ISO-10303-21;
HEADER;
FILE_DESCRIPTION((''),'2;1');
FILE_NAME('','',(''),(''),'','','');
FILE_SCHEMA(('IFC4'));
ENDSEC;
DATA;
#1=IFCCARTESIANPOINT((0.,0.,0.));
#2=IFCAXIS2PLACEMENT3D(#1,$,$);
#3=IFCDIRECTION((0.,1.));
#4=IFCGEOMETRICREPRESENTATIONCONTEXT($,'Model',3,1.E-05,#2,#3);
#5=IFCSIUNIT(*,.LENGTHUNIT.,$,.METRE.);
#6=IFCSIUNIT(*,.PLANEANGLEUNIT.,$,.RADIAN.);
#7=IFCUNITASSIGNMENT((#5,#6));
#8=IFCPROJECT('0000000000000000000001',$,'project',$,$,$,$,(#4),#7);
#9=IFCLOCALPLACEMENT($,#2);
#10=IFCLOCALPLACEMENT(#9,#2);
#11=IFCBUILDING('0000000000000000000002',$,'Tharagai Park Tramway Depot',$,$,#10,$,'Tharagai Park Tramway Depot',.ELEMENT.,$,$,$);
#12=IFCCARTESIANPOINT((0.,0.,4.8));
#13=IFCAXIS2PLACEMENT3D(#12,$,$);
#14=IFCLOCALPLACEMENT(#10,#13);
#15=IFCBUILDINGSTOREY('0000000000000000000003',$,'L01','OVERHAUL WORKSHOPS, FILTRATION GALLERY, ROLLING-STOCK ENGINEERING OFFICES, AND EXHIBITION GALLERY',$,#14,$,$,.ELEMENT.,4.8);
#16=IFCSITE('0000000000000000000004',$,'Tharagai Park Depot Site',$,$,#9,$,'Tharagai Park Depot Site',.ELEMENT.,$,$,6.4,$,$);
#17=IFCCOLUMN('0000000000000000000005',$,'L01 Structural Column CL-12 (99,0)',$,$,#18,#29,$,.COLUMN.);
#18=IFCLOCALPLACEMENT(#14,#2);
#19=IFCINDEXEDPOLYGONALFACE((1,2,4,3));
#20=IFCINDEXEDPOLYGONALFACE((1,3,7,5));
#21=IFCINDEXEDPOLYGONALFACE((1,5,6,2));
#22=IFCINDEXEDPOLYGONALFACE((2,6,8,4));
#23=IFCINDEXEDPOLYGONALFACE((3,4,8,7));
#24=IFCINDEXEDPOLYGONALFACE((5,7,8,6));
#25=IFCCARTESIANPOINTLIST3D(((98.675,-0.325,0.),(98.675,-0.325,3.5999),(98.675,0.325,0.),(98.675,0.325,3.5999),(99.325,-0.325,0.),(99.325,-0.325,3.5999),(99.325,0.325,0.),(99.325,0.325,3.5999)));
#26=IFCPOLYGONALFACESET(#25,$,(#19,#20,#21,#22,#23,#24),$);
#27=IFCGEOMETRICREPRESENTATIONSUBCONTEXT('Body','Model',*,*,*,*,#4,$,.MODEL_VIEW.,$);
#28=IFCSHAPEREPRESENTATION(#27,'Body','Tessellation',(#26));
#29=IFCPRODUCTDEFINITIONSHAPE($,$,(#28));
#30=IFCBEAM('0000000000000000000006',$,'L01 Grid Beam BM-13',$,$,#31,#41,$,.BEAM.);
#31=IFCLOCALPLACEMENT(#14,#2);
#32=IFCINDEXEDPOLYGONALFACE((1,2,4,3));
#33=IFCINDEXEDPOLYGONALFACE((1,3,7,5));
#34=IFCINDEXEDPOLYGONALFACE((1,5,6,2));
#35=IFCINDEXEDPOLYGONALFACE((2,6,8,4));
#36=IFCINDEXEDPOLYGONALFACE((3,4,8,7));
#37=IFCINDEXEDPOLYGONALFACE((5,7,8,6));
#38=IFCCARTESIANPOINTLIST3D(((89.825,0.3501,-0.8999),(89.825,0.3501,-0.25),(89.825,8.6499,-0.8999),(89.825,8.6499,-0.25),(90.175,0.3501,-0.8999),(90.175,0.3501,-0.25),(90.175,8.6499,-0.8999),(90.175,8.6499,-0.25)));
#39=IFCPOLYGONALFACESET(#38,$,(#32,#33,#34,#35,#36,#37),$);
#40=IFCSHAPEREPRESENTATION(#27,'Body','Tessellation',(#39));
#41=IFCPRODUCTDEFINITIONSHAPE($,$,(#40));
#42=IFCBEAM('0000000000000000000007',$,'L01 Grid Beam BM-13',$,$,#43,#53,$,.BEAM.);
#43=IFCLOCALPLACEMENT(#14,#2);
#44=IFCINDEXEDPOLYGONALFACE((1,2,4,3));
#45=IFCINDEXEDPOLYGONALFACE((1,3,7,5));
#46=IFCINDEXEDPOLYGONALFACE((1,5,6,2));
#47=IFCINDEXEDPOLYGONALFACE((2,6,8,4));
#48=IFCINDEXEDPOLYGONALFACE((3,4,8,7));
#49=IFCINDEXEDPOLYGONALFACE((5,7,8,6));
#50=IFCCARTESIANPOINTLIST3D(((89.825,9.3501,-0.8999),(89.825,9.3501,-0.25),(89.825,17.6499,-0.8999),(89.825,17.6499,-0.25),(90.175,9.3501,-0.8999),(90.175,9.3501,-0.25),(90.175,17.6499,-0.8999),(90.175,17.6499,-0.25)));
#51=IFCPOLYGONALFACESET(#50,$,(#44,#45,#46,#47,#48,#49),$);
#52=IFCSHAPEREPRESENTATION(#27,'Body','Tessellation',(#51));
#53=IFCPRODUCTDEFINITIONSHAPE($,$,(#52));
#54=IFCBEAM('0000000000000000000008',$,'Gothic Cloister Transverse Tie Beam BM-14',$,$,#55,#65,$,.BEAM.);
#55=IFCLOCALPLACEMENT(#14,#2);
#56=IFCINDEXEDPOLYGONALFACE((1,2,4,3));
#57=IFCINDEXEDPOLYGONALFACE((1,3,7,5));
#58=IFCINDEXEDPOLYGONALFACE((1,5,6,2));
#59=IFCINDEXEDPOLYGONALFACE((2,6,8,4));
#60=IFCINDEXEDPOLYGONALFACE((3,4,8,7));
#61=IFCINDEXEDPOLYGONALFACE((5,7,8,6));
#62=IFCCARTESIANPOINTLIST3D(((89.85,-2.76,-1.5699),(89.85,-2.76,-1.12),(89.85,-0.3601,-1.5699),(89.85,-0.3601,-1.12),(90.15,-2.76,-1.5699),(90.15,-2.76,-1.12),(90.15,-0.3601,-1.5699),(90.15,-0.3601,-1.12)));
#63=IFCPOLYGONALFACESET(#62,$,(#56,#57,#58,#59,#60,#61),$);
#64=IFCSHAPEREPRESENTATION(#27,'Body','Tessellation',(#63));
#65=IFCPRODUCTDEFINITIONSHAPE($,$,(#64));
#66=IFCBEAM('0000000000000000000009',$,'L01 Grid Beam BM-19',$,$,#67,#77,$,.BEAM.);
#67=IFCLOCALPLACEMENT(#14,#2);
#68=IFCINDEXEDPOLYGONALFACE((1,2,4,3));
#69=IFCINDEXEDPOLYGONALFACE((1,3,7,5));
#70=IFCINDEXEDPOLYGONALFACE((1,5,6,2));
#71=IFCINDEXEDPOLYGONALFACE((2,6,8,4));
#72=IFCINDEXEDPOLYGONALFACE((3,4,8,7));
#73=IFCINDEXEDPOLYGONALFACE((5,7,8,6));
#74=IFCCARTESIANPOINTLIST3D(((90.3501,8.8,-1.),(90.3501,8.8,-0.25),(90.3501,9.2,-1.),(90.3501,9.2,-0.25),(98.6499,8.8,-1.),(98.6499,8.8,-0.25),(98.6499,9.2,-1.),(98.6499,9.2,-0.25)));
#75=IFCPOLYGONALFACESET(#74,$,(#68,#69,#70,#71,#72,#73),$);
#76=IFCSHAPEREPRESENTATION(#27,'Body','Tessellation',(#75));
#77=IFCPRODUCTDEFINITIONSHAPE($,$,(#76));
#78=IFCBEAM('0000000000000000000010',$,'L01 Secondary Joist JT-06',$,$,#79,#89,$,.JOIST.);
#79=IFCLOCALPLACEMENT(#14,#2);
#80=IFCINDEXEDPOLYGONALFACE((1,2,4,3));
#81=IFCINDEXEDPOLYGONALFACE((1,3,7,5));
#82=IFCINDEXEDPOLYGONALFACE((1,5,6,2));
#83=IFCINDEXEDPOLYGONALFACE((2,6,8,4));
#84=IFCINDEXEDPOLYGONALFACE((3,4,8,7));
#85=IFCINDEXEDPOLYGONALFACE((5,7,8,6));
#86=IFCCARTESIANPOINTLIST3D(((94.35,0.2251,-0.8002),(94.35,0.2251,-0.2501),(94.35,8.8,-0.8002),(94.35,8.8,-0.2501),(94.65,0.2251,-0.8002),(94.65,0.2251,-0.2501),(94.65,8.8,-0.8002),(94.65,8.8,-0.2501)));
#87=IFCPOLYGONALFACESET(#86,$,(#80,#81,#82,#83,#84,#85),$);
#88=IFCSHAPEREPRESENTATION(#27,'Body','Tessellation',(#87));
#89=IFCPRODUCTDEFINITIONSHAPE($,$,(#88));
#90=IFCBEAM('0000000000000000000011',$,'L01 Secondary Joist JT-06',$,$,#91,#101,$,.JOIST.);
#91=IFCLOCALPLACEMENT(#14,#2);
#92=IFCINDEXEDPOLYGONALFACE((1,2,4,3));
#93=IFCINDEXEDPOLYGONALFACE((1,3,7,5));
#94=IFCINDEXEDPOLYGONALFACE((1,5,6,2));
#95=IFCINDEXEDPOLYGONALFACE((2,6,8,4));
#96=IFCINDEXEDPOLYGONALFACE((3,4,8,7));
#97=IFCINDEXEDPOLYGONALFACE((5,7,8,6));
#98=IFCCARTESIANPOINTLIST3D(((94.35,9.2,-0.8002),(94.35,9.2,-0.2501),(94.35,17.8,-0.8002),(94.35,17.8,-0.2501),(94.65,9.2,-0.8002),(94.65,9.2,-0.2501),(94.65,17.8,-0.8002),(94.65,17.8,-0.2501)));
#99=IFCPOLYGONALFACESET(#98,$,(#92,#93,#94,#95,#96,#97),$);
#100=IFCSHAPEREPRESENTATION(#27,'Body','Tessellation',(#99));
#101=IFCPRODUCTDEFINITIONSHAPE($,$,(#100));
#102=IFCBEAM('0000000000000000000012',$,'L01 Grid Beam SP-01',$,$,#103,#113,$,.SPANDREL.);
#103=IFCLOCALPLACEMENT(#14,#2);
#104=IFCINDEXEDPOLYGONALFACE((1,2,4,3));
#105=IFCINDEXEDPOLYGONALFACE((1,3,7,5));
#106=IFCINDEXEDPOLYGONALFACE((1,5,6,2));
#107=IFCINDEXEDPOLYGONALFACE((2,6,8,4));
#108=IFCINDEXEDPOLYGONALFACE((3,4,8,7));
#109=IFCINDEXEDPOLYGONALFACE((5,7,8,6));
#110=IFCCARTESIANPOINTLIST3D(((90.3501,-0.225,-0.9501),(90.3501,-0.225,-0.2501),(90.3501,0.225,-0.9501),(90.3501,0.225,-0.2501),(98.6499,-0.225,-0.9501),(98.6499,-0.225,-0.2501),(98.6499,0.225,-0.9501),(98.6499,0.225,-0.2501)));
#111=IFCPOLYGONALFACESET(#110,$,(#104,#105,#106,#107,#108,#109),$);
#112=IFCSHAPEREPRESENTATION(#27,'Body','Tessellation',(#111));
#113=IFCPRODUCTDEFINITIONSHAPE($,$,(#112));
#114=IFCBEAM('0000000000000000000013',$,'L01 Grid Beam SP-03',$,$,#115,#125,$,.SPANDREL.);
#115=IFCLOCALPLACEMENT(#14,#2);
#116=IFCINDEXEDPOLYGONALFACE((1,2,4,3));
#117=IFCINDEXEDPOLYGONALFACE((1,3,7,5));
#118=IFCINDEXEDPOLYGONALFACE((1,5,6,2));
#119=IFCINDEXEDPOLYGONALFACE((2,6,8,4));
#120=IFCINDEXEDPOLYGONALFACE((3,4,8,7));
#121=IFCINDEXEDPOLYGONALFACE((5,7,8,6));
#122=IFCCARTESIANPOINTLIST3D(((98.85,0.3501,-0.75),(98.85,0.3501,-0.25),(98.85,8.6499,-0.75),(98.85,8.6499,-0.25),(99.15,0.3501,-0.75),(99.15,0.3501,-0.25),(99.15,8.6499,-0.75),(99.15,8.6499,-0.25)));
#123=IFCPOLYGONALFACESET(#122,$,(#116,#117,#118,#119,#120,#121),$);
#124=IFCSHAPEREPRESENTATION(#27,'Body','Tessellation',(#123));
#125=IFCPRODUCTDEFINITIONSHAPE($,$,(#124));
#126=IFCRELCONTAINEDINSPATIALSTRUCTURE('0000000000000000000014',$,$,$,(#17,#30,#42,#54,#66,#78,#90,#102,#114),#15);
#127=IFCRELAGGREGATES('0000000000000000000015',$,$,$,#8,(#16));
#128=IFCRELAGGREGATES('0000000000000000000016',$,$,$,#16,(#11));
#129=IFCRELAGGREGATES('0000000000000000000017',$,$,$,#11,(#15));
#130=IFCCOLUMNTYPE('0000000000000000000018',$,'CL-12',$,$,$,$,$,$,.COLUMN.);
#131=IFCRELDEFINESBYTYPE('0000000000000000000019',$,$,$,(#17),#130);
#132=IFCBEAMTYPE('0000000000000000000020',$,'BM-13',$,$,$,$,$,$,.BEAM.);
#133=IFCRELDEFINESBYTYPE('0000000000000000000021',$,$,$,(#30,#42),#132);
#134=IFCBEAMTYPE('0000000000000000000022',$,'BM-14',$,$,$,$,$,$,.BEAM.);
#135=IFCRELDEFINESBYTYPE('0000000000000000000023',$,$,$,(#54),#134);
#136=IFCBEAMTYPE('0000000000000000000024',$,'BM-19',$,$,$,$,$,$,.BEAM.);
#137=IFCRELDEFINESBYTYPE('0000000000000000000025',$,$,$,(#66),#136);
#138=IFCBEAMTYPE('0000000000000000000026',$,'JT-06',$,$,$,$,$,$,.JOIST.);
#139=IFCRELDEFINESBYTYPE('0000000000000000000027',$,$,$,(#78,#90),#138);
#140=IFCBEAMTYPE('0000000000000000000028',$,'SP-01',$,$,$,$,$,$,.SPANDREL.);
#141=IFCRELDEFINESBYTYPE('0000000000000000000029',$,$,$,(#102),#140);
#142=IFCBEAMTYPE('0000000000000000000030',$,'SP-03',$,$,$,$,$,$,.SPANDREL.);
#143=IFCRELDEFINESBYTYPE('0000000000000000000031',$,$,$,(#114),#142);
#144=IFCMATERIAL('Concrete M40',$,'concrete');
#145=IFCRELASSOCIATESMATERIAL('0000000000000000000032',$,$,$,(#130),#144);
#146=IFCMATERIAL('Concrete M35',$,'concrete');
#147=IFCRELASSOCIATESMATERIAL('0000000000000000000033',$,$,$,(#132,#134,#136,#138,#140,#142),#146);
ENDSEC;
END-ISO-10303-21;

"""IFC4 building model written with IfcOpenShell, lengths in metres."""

from ifc_helpers import new_model, si_unit, direction, frame, origin, origin_2d, place, context, subcontext, project, spatial, rectangle, extrude, material, material_profile, profile_set, type_object, element, save


model = new_model("IFC4")

# Units and contexts
model_context = context("Model", 3, precision=1e-05, world=origin(), true_north=direction((0.0, 1.0)))
body_context = subcontext(model_context, "Body", "Model", "MODEL_VIEW")
ifc_project = project(units=[si_unit("LENGTHUNIT", "METRE"), si_unit("PLANEANGLEUNIT", "RADIAN")], contexts=[model_context])

# Site, building, storey
site_placement = place(None, origin())
site = spatial("IfcSite", under=ifc_project, at=site_placement, Name="Tharagai Park Depot Site", LongName="Tharagai Park Depot Site", CompositionType="ELEMENT", RefElevation=6.4)
building_placement = place(site_placement, origin())
building = spatial("IfcBuilding", under=site, at=building_placement, Name="Tharagai Park Tramway Depot", LongName="Tharagai Park Tramway Depot", CompositionType="ELEMENT")
storey_placement = place(building_placement, frame((0.0, 0.0, 4.8)))
storey = spatial("IfcBuildingStorey", under=building, at=storey_placement, Name="L01", Description="OVERHAUL WORKSHOPS, FILTRATION GALLERY, ROLLING-STOCK ENGINEERING OFFICES, AND EXHIBITION GALLERY", CompositionType="ELEMENT", Elevation=4.8)

# Column
ifc_material_1 = material(Name="Concrete M40", Category="concrete")
ifc_material_profile_1 = material_profile(ifc_material_1, rectangle(XDim=0.6499, YDim=0.6499, at=origin_2d()), Name="RC 650x650")
ifc_profile_set_1 = profile_set([ifc_material_profile_1], Name="Concrete M40")
column_type = type_object("IfcColumnType", Name="CL-12", PredefinedType="COLUMN", material=ifc_profile_set_1)
column_placement = place(storey_placement, frame((99.0, 0.0, 0.0), z_axis=(0.0, 0.0, 1.0), x_axis=(1.0, 0.0, 0.0)))
element("IfcColumn", 1, at=column_placement, inside=storey, type_object=column_type, Name="L01 Structural Column CL-12 (99,0)", PredefinedType="COLUMN", context=body_context, shape_type="SweptSolid", body=[
    extrude(rectangle(XDim=0.6499, YDim=0.6499, at=origin_2d()), origin(), (0.0, 0.0, 1.0), 3.5999),
])

# Beams
ifc_material_2 = material(Name="Concrete M35", Category="concrete")
ifc_material_profile_2 = material_profile(ifc_material_2, rectangle(XDim=0.3501, YDim=0.6499, at=origin_2d()), Name="RC 350x650")
ifc_profile_set_2 = profile_set([ifc_material_profile_2], Name="Concrete M35")
beam_type_1 = type_object("IfcBeamType", Name="BM-13", PredefinedType="BEAM", material=ifc_profile_set_2)
for number, where, z_axis, x_axis, name in (
    (2, (90.0, 0.3501, -0.575), (0.0, 1.0, 0.0), (-1.0, 0.0, 0.0), "L01 Grid Beam BM-13"),
    (3, (90.0, 9.3501, -0.575), (0.0, 1.0, 0.0), (-1.0, 0.0, 0.0), "L01 Grid Beam BM-13"),
):
    element("IfcBeam", number, at=place(storey_placement, frame(where, z_axis=z_axis, x_axis=x_axis)), inside=storey, type_object=beam_type_1, Name=name, PredefinedType="BEAM", context=body_context, shape_type="SweptSolid", body=[
        extrude(rectangle(XDim=0.3501, YDim=0.6499, at=origin_2d()), origin(), (0.0, 0.0, 1.0), 8.2998),
    ])
ifc_material_profile_3 = material_profile(ifc_material_2, rectangle(XDim=0.3, YDim=0.45, at=origin_2d()), Name="RC 300x450")
ifc_profile_set_3 = profile_set([ifc_material_profile_3], Name="Concrete M35")
beam_type_2 = type_object("IfcBeamType", Name="BM-14", PredefinedType="BEAM", material=ifc_profile_set_3)
beam_1_placement = place(storey_placement, frame((90.0, -2.76, -1.345), z_axis=(0.0, 1.0, 0.0), x_axis=(-1.0, 0.0, 0.0)))
element("IfcBeam", 4, at=beam_1_placement, inside=storey, type_object=beam_type_2, Name="Gothic Cloister Transverse Tie Beam BM-14", PredefinedType="BEAM", context=body_context, shape_type="SweptSolid", body=[
    extrude(rectangle(XDim=0.3, YDim=0.45, at=origin_2d()), origin(), (0.0, 0.0, 1.0), 2.3999),
])
ifc_material_profile_4 = material_profile(ifc_material_2, rectangle(XDim=0.3999, YDim=0.75, at=origin_2d()), Name="RC 400x750")
ifc_profile_set_4 = profile_set([ifc_material_profile_4], Name="Concrete M35")
beam_type_3 = type_object("IfcBeamType", Name="BM-19", PredefinedType="BEAM", material=ifc_profile_set_4)
beam_2_placement = place(storey_placement, frame((90.3501, 9.0, -0.625), z_axis=(1.0, 0.0, 0.0), x_axis=(0.0, 1.0, 0.0)))
element("IfcBeam", 5, at=beam_2_placement, inside=storey, type_object=beam_type_3, Name="L01 Grid Beam BM-19", PredefinedType="BEAM", context=body_context, shape_type="SweptSolid", body=[
    extrude(rectangle(XDim=0.3999, YDim=0.75, at=origin_2d()), origin(), (0.0, 0.0, 1.0), 8.2998),
])
ifc_material_profile_5 = material_profile(ifc_material_2, rectangle(XDim=0.3, YDim=0.55, at=origin_2d()), Name="RC 300x550")
ifc_profile_set_5 = profile_set([ifc_material_profile_5], Name="Concrete M35")
beam_type_4 = type_object("IfcBeamType", Name="JT-06", PredefinedType="JOIST", material=ifc_profile_set_5)
beam_3_placement = place(storey_placement, frame((94.5, 0.2251, -0.5251), z_axis=(0.0, 1.0, 0.0), x_axis=(-1.0, 0.0, 0.0)))
element("IfcBeam", 6, at=beam_3_placement, inside=storey, type_object=beam_type_4, Name="L01 Secondary Joist JT-06", PredefinedType="JOIST", context=body_context, shape_type="SweptSolid", body=[
    extrude(rectangle(XDim=0.3, YDim=0.55, at=origin_2d()), origin(), (0.0, 0.0, 1.0), 8.575),
])
beam_4_placement = place(storey_placement, frame((94.5, 9.2, -0.5251), z_axis=(0.0, 1.0, 0.0), x_axis=(-1.0, 0.0, 0.0)))
element("IfcBeam", 7, at=beam_4_placement, inside=storey, type_object=beam_type_4, Name="L01 Secondary Joist JT-06", PredefinedType="JOIST", context=body_context, shape_type="SweptSolid", body=[
    extrude(rectangle(XDim=0.3, YDim=0.55, at=origin_2d()), origin(), (0.0, 0.0, 1.0), 8.6001),
])
ifc_material_profile_6 = material_profile(ifc_material_2, rectangle(XDim=0.45, YDim=0.7, at=origin_2d()), Name="RC 450x700")
ifc_profile_set_6 = profile_set([ifc_material_profile_6], Name="Concrete M35")
beam_type_5 = type_object("IfcBeamType", Name="SP-01", PredefinedType="SPANDREL", material=ifc_profile_set_6)
beam_5_placement = place(storey_placement, frame((90.3501, 0.0, -0.6001), z_axis=(1.0, 0.0, 0.0), x_axis=(0.0, 1.0, 0.0)))
element("IfcBeam", 8, at=beam_5_placement, inside=storey, type_object=beam_type_5, Name="L01 Grid Beam SP-01", PredefinedType="SPANDREL", context=body_context, shape_type="SweptSolid", body=[
    extrude(rectangle(XDim=0.45, YDim=0.7, at=origin_2d()), origin(), (0.0, 0.0, 1.0), 8.2998),
])
ifc_material_profile_7 = material_profile(ifc_material_2, rectangle(XDim=0.3, YDim=0.5, at=origin_2d()), Name="RC 300x500")
ifc_profile_set_7 = profile_set([ifc_material_profile_7], Name="Concrete M35")
beam_type_6 = type_object("IfcBeamType", Name="SP-03", PredefinedType="SPANDREL", material=ifc_profile_set_7)
beam_6_placement = place(storey_placement, frame((99.0, 0.3501, -0.5), z_axis=(0.0, 1.0, 0.0), x_axis=(-1.0, 0.0, 0.0)))
element("IfcBeam", 9, at=beam_6_placement, inside=storey, type_object=beam_type_6, Name="L01 Grid Beam SP-03", PredefinedType="SPANDREL", context=body_context, shape_type="SweptSolid", body=[
    extrude(rectangle(XDim=0.3, YDim=0.5, at=origin_2d()), origin(), (0.0, 0.0, 1.0), 8.2998),
])

save(model, "model.ifc")
